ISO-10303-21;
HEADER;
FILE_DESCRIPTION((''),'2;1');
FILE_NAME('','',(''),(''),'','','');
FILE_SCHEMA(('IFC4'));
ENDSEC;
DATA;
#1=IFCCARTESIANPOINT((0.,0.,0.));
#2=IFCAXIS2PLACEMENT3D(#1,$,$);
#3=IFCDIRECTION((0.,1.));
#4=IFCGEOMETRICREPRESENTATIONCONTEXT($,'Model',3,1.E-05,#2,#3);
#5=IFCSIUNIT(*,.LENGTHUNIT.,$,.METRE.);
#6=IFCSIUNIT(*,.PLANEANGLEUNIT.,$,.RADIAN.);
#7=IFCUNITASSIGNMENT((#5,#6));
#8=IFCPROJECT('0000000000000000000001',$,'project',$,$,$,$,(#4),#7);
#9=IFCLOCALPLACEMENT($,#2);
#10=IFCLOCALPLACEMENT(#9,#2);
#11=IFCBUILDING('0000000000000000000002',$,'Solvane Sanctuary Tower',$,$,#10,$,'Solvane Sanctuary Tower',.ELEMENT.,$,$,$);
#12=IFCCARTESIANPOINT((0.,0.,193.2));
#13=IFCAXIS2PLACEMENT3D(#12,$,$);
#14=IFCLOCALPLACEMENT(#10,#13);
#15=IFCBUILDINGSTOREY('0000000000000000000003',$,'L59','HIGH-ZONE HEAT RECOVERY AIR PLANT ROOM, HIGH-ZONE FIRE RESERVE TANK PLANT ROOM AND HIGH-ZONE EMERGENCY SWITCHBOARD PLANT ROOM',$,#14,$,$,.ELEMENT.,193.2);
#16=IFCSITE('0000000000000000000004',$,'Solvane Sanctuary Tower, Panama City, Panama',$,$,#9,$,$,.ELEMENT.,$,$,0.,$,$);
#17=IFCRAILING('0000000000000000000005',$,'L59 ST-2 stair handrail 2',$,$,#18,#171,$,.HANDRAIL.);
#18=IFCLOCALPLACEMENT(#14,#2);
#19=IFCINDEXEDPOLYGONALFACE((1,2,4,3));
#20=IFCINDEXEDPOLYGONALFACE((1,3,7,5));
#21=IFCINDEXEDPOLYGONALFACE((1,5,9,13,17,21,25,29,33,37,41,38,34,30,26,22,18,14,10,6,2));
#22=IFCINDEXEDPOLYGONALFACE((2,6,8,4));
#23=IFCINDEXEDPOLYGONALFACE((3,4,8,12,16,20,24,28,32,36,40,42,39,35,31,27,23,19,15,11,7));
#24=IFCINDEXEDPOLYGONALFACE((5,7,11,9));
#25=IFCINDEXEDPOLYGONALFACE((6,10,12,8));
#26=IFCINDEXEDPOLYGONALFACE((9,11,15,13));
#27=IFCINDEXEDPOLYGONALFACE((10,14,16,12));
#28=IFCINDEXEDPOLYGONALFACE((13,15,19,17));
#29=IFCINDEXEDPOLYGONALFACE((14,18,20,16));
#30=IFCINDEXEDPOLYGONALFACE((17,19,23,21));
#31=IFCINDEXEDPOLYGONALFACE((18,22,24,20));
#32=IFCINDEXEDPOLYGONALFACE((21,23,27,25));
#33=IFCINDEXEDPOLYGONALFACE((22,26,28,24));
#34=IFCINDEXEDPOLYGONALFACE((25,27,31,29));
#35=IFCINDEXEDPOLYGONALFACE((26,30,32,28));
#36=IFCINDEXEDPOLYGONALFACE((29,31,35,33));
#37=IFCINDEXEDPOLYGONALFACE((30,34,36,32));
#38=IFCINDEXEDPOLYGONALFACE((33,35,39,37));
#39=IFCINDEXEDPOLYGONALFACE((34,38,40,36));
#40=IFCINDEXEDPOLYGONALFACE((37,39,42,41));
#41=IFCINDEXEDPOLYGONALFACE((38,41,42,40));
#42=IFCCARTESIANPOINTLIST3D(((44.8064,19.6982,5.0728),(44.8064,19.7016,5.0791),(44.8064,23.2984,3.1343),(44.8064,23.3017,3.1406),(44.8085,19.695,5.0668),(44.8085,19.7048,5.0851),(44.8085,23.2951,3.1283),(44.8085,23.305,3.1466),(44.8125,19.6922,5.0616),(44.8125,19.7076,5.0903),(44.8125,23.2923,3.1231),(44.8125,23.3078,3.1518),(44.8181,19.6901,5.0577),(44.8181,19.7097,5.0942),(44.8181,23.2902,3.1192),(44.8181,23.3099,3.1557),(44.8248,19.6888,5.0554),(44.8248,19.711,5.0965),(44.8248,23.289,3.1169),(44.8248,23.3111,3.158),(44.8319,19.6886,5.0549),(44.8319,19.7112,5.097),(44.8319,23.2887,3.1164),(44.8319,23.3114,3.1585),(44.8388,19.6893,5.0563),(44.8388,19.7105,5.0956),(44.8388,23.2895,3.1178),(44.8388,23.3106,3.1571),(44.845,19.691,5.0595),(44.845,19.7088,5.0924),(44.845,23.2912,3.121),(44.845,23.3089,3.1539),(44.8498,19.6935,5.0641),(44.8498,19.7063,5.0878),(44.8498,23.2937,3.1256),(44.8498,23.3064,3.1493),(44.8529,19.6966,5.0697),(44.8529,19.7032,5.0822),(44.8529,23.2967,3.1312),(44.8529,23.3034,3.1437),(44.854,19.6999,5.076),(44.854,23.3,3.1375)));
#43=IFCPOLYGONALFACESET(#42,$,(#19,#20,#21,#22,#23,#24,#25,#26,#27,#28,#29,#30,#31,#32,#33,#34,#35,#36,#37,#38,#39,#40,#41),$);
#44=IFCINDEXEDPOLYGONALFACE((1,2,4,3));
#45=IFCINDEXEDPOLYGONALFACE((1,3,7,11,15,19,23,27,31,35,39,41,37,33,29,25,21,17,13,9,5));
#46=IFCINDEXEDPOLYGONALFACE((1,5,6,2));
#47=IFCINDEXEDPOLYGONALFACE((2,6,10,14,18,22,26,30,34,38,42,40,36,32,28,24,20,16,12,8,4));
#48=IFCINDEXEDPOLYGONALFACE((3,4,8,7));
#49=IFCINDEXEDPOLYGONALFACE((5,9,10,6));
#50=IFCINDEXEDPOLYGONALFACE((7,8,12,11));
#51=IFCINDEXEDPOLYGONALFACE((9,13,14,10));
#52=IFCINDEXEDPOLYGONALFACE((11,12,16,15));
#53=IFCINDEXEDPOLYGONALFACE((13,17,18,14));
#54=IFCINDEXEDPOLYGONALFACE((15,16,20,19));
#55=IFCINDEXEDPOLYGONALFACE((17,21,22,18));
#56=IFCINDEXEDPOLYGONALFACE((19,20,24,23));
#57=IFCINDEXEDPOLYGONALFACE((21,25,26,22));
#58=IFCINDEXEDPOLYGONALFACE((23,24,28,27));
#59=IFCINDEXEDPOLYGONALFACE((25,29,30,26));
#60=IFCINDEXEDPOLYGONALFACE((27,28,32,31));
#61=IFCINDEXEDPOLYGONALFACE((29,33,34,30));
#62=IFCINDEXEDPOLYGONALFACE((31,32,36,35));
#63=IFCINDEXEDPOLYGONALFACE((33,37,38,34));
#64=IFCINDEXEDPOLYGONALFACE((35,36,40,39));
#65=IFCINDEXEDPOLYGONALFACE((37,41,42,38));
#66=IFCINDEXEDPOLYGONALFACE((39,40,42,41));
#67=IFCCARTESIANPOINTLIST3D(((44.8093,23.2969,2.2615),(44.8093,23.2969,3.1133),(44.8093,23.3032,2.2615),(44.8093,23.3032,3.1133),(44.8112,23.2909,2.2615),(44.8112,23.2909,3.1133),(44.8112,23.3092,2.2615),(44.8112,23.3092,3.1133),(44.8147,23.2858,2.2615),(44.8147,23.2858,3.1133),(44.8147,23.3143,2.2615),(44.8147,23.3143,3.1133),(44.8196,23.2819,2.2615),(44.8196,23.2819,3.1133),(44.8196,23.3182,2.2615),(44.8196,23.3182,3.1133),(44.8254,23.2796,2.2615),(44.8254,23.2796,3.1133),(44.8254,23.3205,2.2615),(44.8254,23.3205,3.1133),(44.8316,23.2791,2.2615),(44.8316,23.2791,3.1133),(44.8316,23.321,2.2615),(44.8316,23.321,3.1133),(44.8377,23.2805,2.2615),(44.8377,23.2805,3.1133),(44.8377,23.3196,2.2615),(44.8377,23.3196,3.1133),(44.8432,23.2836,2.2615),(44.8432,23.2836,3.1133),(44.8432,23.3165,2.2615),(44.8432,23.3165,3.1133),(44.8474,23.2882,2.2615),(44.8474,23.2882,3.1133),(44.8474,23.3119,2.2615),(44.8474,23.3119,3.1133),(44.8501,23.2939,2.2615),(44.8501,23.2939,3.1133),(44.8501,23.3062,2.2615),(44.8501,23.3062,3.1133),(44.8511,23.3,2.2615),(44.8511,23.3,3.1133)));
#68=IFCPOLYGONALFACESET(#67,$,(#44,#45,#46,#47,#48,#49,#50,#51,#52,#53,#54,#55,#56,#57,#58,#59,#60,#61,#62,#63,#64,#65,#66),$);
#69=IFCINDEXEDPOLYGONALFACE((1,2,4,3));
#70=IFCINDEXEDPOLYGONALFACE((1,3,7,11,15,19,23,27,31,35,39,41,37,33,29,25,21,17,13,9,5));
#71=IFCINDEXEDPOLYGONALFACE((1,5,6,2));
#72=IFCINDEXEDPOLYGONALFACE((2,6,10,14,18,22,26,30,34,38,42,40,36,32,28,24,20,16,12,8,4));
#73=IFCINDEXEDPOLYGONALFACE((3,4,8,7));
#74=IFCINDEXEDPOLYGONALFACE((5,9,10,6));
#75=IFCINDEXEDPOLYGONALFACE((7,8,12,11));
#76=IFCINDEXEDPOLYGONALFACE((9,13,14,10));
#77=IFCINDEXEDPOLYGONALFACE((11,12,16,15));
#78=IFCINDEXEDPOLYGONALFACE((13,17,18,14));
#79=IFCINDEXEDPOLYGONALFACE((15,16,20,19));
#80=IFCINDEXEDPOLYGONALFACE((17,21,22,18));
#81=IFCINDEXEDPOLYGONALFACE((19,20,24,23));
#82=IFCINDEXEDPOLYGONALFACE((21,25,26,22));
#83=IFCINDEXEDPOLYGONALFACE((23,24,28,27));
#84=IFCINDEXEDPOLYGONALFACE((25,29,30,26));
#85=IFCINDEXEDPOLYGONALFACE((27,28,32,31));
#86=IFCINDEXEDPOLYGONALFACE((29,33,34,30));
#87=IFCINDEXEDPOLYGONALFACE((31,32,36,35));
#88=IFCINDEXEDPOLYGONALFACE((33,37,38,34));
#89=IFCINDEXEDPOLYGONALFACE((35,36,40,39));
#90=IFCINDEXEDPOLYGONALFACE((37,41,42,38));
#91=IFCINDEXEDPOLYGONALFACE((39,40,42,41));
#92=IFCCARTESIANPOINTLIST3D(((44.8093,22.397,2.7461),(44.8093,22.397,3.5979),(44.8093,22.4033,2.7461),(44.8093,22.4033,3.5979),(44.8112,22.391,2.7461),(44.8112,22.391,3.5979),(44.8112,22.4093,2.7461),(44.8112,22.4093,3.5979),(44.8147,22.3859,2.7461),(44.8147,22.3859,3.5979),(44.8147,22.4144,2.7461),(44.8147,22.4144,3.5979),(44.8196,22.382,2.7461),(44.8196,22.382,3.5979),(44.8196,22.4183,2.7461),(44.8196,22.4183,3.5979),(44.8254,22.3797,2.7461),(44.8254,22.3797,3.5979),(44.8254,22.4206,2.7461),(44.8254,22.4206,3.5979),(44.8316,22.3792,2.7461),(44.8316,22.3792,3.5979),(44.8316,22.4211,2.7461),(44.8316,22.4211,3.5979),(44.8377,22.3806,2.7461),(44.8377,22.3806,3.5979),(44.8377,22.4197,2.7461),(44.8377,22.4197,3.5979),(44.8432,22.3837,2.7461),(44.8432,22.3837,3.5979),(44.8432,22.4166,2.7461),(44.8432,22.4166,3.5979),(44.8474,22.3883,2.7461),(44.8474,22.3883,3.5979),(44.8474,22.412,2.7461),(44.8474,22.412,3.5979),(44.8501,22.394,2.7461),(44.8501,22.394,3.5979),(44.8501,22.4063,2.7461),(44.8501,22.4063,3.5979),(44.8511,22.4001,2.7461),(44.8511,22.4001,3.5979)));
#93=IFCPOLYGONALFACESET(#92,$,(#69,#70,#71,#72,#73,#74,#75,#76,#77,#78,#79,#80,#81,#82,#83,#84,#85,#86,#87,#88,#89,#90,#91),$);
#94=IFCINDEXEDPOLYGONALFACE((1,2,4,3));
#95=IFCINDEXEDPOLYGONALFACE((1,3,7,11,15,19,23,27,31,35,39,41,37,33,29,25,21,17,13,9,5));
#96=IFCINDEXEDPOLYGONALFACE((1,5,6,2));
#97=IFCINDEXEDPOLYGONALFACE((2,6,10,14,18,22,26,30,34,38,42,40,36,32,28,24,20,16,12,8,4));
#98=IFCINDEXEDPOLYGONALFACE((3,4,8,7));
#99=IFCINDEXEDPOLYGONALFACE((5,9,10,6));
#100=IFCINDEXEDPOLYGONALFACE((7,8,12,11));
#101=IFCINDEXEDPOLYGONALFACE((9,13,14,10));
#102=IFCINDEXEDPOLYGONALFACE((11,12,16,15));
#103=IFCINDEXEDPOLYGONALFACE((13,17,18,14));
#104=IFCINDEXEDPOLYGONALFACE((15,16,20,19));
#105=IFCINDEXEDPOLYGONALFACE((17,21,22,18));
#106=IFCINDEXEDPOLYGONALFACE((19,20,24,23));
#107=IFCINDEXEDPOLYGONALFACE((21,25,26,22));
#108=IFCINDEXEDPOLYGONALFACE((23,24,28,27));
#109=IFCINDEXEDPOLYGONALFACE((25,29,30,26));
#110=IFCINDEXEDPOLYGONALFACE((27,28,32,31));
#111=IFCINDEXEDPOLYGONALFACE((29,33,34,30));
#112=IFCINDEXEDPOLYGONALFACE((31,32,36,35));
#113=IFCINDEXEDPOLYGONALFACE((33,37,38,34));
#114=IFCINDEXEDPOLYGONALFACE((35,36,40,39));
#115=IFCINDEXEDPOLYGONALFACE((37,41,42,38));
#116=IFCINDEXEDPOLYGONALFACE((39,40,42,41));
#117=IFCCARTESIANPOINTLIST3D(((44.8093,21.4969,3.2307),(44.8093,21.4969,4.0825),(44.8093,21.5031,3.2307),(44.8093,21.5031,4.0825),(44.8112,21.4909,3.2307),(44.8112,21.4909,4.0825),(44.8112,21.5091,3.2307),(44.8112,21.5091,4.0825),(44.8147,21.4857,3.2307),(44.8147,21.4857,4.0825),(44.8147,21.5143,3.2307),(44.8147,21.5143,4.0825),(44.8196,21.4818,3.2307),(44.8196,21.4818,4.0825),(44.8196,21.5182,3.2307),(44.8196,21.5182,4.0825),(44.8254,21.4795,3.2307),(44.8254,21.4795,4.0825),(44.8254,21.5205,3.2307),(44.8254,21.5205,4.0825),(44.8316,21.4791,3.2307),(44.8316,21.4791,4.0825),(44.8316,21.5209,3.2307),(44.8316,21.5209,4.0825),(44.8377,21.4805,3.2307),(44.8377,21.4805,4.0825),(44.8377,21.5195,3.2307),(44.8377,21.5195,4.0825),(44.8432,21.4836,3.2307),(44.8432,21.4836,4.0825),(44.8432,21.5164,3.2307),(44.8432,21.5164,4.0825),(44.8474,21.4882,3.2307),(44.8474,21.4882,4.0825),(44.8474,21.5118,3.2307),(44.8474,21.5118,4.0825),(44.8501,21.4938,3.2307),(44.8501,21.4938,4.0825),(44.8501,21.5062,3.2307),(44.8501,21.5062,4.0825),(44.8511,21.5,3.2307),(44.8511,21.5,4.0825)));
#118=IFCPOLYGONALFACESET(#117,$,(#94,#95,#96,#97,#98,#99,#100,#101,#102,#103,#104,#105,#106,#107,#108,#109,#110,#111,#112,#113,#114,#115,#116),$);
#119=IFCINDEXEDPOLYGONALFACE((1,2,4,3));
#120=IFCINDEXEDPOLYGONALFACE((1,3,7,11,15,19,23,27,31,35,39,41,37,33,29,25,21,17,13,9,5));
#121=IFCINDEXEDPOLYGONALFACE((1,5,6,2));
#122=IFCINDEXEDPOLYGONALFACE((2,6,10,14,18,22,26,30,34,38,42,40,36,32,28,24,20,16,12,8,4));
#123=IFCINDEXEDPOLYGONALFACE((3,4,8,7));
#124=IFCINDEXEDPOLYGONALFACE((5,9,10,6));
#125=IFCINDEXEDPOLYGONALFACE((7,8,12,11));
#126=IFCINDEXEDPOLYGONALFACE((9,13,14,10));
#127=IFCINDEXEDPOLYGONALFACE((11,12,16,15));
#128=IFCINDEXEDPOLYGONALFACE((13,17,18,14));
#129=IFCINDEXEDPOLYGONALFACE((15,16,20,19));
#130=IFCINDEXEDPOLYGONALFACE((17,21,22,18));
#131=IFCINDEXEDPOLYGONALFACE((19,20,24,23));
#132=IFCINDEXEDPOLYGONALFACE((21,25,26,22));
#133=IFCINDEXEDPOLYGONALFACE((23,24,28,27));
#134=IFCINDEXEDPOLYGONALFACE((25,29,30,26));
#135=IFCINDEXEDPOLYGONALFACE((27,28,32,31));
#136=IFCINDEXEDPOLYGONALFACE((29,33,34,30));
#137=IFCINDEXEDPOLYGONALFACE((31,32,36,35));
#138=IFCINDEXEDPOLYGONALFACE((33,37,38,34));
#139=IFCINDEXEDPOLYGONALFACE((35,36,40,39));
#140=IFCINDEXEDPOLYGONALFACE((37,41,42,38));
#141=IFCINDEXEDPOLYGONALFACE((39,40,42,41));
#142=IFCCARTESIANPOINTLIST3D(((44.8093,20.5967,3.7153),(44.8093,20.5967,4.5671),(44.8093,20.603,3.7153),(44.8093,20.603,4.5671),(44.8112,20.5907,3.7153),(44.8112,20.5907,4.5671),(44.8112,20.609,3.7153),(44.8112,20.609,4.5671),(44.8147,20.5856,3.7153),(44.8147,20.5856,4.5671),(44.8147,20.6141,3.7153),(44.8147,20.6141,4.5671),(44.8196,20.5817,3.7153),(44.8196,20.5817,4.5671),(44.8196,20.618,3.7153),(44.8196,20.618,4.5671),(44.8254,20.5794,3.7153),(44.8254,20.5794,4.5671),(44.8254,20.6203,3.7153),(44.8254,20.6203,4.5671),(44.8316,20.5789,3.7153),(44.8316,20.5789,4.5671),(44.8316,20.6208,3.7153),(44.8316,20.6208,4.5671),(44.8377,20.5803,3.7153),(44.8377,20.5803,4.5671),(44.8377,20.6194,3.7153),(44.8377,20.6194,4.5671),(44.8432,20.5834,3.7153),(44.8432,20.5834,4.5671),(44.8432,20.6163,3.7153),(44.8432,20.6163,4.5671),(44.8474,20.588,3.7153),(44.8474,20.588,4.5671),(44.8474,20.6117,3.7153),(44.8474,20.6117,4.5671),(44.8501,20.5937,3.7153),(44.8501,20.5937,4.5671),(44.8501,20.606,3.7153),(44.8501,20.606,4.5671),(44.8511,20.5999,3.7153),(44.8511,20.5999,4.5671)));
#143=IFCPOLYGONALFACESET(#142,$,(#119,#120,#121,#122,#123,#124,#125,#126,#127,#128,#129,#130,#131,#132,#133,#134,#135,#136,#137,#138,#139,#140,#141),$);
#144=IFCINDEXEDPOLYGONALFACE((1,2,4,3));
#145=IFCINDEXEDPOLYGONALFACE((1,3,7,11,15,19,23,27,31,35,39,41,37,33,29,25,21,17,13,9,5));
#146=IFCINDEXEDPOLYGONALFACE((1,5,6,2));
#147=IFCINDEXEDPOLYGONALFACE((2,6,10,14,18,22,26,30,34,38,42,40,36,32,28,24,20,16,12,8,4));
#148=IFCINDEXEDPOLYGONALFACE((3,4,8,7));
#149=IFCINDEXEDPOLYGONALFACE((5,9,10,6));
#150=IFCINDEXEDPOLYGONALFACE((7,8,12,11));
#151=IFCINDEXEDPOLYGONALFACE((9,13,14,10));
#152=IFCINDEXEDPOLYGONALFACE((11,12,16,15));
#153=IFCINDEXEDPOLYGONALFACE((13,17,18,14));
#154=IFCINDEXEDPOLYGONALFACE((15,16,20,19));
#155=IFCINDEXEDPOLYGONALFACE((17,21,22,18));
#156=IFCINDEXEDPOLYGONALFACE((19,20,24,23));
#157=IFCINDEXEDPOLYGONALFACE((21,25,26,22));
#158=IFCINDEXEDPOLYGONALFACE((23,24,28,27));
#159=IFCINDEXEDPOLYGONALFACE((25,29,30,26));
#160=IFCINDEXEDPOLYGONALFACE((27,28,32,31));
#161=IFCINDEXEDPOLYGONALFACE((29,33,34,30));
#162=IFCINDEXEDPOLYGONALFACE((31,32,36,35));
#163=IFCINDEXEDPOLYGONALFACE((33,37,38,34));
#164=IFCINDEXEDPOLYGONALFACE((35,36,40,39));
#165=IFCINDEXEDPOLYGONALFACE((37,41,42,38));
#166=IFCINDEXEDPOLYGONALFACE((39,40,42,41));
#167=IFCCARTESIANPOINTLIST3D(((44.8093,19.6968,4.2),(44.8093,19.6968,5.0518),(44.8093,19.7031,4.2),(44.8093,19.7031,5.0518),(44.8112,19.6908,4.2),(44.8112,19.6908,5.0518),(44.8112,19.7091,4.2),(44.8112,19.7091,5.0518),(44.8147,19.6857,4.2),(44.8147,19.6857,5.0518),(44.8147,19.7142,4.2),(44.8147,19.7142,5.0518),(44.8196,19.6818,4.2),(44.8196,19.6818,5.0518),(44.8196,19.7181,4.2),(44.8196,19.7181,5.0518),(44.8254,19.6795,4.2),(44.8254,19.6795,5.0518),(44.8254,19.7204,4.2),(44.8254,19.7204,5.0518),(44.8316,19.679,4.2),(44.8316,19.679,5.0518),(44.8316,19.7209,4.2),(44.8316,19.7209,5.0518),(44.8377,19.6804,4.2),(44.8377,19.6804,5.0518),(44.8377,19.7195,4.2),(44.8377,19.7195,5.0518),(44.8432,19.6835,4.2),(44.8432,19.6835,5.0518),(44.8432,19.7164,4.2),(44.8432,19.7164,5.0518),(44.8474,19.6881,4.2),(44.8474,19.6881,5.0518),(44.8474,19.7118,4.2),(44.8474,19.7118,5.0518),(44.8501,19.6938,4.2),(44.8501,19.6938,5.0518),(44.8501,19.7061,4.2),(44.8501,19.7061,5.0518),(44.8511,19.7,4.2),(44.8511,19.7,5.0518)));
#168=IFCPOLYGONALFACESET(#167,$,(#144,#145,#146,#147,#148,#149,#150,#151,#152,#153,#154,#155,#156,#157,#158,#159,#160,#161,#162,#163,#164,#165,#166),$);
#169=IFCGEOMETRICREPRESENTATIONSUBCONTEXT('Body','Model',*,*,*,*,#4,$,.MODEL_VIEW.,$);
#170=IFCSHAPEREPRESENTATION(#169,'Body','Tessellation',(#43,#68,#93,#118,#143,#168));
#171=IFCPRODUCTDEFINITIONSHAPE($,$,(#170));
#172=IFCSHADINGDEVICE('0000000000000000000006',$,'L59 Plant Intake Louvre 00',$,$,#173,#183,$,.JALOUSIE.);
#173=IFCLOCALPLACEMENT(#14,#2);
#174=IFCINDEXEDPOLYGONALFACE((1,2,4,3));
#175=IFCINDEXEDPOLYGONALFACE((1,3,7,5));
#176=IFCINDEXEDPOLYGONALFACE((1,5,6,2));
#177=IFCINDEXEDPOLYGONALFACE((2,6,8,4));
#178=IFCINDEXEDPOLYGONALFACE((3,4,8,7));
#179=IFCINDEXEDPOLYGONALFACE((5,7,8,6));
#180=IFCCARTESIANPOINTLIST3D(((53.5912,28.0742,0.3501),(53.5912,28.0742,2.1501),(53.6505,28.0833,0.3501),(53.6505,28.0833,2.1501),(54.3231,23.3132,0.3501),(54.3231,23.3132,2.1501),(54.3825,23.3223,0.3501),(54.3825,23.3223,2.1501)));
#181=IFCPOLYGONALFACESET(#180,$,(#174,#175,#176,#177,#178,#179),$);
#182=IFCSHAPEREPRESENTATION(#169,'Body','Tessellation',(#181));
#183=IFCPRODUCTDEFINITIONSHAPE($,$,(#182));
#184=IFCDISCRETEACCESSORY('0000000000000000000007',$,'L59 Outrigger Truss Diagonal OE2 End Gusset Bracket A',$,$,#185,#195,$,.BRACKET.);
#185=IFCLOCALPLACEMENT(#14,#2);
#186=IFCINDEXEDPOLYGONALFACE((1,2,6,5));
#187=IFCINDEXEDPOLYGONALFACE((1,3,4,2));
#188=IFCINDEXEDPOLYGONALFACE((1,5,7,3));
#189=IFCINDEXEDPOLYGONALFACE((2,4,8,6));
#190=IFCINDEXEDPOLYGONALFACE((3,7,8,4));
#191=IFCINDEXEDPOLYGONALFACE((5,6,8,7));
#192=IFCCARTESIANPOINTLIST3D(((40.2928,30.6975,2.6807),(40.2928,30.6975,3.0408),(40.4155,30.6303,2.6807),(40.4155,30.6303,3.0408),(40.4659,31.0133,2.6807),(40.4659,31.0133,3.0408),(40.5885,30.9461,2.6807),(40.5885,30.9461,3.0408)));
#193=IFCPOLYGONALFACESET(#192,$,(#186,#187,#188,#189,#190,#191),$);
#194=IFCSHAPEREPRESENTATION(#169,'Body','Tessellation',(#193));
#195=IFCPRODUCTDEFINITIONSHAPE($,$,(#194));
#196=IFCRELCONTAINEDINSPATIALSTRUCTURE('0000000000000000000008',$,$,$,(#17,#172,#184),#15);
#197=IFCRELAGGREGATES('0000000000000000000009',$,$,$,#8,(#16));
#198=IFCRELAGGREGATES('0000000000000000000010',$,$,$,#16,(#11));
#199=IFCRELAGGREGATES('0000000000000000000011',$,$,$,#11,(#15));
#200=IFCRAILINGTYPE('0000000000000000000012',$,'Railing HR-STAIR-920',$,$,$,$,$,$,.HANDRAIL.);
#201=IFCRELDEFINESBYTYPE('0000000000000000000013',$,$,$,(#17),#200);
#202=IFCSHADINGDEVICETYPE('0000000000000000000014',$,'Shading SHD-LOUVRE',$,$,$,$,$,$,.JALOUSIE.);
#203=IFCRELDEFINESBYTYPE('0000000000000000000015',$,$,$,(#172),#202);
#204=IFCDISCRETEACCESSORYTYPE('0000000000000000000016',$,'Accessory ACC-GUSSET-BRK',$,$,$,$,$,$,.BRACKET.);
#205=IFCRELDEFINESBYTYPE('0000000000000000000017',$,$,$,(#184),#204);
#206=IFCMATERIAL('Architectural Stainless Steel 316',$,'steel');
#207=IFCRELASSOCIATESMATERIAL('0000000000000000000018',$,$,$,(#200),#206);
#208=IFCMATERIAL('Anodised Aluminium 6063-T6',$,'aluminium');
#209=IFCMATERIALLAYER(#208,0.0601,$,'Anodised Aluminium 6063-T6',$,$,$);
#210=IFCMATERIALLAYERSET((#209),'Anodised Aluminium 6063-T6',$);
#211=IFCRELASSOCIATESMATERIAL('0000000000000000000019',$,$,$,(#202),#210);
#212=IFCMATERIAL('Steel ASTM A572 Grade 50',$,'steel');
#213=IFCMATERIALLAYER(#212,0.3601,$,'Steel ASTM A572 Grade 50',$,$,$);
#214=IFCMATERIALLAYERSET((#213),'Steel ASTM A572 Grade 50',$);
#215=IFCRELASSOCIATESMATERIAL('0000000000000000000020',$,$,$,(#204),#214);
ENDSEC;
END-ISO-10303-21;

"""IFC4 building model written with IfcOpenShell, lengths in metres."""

from ifc_helpers import new_model, si_unit, direction, frame, origin, origin_2d, place, context, subcontext, project, spatial, rectangle, circle, extrude, material, layer, layer_set, type_object, element, save


model = new_model("IFC4")

# Units and contexts
model_context = context("Model", 3, precision=1e-05, world=origin(), true_north=direction((0.0, 1.0)))
body_context = subcontext(model_context, "Body", "Model", "MODEL_VIEW")
ifc_project = project(units=[si_unit("LENGTHUNIT", "METRE"), si_unit("PLANEANGLEUNIT", "RADIAN")], contexts=[model_context])

# Site, building, storey
site_placement = place(None, origin())
site = spatial("IfcSite", under=ifc_project, at=site_placement, Name="Solvane Sanctuary Tower, Panama City, Panama", CompositionType="ELEMENT", RefElevation=0.0)
building_placement = place(site_placement, origin())
building = spatial("IfcBuilding", under=site, at=building_placement, Name="Solvane Sanctuary Tower", LongName="Solvane Sanctuary Tower", CompositionType="ELEMENT")
storey_placement = place(building_placement, frame((0.0, 0.0, 193.2)))
storey = spatial("IfcBuildingStorey", under=building, at=storey_placement, Name="L59", Description="HIGH-ZONE HEAT RECOVERY AIR PLANT ROOM, HIGH-ZONE FIRE RESERVE TANK PLANT ROOM AND HIGH-ZONE EMERGENCY SWITCHBOARD PLANT ROOM", CompositionType="ELEMENT", Elevation=193.2)

# Shared definitions
ifc_material_1 = material(Name="Steel ASTM A572 Grade 50", Category="steel")

# Shared definitions
ifc_material_2 = material(Name="Architectural Stainless Steel 316", Category="steel")

# Railing
railing_type_1 = type_object("IfcRailingType", Name="Railing HR-STAIR-920", PredefinedType="HANDRAIL", material=ifc_material_2)
railing_1_placement = place(storey_placement, frame((44.8301, 23.3, 2.2615)))
element("IfcRailing", 1, at=railing_1_placement, inside=storey, type_object=railing_type_1, Name="L59 ST-2 stair handrail 2", PredefinedType="HANDRAIL", context=body_context, shape_type="SweptSolid", body=[
    extrude(circle(Radius=0.0239, at=origin_2d()), frame((0.0, 0.0, 0.876), z_axis=(0.0, -0.880475, 0.474093), x_axis=(1.0, 0.0, 0.0)), (0.0, 0.0, 1.0), 4.0889),
    extrude(circle(Radius=0.021, at=origin_2d()), origin(), (0.0, 0.0, 1.0), 0.8518),
    extrude(circle(Radius=0.021, at=origin_2d()), frame((0.0, -0.8999, 0.4846)), (0.0, 0.0, 1.0), 0.8518),
    extrude(circle(Radius=0.021, at=origin_2d()), frame((0.0, -1.8, 0.9692)), (0.0, 0.0, 1.0), 0.8518),
    extrude(circle(Radius=0.021, at=origin_2d()), frame((0.0, -2.7002, 1.4539)), (0.0, 0.0, 1.0), 0.8518),
    extrude(circle(Radius=0.021, at=origin_2d()), frame((0.0, -3.6001, 1.9385)), (0.0, 0.0, 1.0), 0.8518),
])

# Shading device
ifc_material_3 = material(Name="Anodised Aluminium 6063-T6", Category="aluminium")
ifc_layer_1 = layer(ifc_material_3, 0.0601, Name="Anodised Aluminium 6063-T6")
ifc_layer_set_1 = layer_set([ifc_layer_1], Name="Anodised Aluminium 6063-T6")
shading_device_type = type_object("IfcShadingDeviceType", Name="Shading SHD-LOUVRE", PredefinedType="JALOUSIE", material=ifc_layer_set_1)
shading_device_placement = place(storey_placement, frame((53.9868, 25.6982, 0.3501), z_axis=(0.0, 0.0, 1.0), x_axis=(-0.151947, 0.988389, 0.0)))
element("IfcShadingDevice", 2, at=shading_device_placement, inside=storey, type_object=shading_device_type, Name="L59 Plant Intake Louvre 00", PredefinedType="JALOUSIE", context=body_context, shape_type="SweptSolid", body=[
    extrude(rectangle(XDim=4.8169, YDim=0.0601, at=origin_2d()), origin(), (0.0, 0.0, 1.0), 1.8),
])

# Discrete accessory
ifc_layer_2 = layer(ifc_material_1, 0.3601, Name="Steel ASTM A572 Grade 50")
ifc_layer_set_2 = layer_set([ifc_layer_2], Name="Steel ASTM A572 Grade 50")
discrete_accessory_type = type_object("IfcDiscreteAccessoryType", Name="Accessory ACC-GUSSET-BRK", PredefinedType="BRACKET", material=ifc_layer_set_2)
discrete_accessory_placement = place(storey_placement, frame((40.4407, 30.8218, 2.6807), z_axis=(0.0, 0.0, 1.0), x_axis=(0.48053, 0.876978, 0.0)))
element("IfcDiscreteAccessory", 3, at=discrete_accessory_placement, inside=storey, type_object=discrete_accessory_type, Name="L59 Outrigger Truss Diagonal OE2 End Gusset Bracket A", PredefinedType="BRACKET", context=body_context, shape_type="SweptSolid", body=[
    extrude(rectangle(XDim=0.3601, YDim=0.1399, at=origin_2d()), origin(), (0.0, 0.0, 1.0), 0.3601),
])

save(model, "model.ifc")
